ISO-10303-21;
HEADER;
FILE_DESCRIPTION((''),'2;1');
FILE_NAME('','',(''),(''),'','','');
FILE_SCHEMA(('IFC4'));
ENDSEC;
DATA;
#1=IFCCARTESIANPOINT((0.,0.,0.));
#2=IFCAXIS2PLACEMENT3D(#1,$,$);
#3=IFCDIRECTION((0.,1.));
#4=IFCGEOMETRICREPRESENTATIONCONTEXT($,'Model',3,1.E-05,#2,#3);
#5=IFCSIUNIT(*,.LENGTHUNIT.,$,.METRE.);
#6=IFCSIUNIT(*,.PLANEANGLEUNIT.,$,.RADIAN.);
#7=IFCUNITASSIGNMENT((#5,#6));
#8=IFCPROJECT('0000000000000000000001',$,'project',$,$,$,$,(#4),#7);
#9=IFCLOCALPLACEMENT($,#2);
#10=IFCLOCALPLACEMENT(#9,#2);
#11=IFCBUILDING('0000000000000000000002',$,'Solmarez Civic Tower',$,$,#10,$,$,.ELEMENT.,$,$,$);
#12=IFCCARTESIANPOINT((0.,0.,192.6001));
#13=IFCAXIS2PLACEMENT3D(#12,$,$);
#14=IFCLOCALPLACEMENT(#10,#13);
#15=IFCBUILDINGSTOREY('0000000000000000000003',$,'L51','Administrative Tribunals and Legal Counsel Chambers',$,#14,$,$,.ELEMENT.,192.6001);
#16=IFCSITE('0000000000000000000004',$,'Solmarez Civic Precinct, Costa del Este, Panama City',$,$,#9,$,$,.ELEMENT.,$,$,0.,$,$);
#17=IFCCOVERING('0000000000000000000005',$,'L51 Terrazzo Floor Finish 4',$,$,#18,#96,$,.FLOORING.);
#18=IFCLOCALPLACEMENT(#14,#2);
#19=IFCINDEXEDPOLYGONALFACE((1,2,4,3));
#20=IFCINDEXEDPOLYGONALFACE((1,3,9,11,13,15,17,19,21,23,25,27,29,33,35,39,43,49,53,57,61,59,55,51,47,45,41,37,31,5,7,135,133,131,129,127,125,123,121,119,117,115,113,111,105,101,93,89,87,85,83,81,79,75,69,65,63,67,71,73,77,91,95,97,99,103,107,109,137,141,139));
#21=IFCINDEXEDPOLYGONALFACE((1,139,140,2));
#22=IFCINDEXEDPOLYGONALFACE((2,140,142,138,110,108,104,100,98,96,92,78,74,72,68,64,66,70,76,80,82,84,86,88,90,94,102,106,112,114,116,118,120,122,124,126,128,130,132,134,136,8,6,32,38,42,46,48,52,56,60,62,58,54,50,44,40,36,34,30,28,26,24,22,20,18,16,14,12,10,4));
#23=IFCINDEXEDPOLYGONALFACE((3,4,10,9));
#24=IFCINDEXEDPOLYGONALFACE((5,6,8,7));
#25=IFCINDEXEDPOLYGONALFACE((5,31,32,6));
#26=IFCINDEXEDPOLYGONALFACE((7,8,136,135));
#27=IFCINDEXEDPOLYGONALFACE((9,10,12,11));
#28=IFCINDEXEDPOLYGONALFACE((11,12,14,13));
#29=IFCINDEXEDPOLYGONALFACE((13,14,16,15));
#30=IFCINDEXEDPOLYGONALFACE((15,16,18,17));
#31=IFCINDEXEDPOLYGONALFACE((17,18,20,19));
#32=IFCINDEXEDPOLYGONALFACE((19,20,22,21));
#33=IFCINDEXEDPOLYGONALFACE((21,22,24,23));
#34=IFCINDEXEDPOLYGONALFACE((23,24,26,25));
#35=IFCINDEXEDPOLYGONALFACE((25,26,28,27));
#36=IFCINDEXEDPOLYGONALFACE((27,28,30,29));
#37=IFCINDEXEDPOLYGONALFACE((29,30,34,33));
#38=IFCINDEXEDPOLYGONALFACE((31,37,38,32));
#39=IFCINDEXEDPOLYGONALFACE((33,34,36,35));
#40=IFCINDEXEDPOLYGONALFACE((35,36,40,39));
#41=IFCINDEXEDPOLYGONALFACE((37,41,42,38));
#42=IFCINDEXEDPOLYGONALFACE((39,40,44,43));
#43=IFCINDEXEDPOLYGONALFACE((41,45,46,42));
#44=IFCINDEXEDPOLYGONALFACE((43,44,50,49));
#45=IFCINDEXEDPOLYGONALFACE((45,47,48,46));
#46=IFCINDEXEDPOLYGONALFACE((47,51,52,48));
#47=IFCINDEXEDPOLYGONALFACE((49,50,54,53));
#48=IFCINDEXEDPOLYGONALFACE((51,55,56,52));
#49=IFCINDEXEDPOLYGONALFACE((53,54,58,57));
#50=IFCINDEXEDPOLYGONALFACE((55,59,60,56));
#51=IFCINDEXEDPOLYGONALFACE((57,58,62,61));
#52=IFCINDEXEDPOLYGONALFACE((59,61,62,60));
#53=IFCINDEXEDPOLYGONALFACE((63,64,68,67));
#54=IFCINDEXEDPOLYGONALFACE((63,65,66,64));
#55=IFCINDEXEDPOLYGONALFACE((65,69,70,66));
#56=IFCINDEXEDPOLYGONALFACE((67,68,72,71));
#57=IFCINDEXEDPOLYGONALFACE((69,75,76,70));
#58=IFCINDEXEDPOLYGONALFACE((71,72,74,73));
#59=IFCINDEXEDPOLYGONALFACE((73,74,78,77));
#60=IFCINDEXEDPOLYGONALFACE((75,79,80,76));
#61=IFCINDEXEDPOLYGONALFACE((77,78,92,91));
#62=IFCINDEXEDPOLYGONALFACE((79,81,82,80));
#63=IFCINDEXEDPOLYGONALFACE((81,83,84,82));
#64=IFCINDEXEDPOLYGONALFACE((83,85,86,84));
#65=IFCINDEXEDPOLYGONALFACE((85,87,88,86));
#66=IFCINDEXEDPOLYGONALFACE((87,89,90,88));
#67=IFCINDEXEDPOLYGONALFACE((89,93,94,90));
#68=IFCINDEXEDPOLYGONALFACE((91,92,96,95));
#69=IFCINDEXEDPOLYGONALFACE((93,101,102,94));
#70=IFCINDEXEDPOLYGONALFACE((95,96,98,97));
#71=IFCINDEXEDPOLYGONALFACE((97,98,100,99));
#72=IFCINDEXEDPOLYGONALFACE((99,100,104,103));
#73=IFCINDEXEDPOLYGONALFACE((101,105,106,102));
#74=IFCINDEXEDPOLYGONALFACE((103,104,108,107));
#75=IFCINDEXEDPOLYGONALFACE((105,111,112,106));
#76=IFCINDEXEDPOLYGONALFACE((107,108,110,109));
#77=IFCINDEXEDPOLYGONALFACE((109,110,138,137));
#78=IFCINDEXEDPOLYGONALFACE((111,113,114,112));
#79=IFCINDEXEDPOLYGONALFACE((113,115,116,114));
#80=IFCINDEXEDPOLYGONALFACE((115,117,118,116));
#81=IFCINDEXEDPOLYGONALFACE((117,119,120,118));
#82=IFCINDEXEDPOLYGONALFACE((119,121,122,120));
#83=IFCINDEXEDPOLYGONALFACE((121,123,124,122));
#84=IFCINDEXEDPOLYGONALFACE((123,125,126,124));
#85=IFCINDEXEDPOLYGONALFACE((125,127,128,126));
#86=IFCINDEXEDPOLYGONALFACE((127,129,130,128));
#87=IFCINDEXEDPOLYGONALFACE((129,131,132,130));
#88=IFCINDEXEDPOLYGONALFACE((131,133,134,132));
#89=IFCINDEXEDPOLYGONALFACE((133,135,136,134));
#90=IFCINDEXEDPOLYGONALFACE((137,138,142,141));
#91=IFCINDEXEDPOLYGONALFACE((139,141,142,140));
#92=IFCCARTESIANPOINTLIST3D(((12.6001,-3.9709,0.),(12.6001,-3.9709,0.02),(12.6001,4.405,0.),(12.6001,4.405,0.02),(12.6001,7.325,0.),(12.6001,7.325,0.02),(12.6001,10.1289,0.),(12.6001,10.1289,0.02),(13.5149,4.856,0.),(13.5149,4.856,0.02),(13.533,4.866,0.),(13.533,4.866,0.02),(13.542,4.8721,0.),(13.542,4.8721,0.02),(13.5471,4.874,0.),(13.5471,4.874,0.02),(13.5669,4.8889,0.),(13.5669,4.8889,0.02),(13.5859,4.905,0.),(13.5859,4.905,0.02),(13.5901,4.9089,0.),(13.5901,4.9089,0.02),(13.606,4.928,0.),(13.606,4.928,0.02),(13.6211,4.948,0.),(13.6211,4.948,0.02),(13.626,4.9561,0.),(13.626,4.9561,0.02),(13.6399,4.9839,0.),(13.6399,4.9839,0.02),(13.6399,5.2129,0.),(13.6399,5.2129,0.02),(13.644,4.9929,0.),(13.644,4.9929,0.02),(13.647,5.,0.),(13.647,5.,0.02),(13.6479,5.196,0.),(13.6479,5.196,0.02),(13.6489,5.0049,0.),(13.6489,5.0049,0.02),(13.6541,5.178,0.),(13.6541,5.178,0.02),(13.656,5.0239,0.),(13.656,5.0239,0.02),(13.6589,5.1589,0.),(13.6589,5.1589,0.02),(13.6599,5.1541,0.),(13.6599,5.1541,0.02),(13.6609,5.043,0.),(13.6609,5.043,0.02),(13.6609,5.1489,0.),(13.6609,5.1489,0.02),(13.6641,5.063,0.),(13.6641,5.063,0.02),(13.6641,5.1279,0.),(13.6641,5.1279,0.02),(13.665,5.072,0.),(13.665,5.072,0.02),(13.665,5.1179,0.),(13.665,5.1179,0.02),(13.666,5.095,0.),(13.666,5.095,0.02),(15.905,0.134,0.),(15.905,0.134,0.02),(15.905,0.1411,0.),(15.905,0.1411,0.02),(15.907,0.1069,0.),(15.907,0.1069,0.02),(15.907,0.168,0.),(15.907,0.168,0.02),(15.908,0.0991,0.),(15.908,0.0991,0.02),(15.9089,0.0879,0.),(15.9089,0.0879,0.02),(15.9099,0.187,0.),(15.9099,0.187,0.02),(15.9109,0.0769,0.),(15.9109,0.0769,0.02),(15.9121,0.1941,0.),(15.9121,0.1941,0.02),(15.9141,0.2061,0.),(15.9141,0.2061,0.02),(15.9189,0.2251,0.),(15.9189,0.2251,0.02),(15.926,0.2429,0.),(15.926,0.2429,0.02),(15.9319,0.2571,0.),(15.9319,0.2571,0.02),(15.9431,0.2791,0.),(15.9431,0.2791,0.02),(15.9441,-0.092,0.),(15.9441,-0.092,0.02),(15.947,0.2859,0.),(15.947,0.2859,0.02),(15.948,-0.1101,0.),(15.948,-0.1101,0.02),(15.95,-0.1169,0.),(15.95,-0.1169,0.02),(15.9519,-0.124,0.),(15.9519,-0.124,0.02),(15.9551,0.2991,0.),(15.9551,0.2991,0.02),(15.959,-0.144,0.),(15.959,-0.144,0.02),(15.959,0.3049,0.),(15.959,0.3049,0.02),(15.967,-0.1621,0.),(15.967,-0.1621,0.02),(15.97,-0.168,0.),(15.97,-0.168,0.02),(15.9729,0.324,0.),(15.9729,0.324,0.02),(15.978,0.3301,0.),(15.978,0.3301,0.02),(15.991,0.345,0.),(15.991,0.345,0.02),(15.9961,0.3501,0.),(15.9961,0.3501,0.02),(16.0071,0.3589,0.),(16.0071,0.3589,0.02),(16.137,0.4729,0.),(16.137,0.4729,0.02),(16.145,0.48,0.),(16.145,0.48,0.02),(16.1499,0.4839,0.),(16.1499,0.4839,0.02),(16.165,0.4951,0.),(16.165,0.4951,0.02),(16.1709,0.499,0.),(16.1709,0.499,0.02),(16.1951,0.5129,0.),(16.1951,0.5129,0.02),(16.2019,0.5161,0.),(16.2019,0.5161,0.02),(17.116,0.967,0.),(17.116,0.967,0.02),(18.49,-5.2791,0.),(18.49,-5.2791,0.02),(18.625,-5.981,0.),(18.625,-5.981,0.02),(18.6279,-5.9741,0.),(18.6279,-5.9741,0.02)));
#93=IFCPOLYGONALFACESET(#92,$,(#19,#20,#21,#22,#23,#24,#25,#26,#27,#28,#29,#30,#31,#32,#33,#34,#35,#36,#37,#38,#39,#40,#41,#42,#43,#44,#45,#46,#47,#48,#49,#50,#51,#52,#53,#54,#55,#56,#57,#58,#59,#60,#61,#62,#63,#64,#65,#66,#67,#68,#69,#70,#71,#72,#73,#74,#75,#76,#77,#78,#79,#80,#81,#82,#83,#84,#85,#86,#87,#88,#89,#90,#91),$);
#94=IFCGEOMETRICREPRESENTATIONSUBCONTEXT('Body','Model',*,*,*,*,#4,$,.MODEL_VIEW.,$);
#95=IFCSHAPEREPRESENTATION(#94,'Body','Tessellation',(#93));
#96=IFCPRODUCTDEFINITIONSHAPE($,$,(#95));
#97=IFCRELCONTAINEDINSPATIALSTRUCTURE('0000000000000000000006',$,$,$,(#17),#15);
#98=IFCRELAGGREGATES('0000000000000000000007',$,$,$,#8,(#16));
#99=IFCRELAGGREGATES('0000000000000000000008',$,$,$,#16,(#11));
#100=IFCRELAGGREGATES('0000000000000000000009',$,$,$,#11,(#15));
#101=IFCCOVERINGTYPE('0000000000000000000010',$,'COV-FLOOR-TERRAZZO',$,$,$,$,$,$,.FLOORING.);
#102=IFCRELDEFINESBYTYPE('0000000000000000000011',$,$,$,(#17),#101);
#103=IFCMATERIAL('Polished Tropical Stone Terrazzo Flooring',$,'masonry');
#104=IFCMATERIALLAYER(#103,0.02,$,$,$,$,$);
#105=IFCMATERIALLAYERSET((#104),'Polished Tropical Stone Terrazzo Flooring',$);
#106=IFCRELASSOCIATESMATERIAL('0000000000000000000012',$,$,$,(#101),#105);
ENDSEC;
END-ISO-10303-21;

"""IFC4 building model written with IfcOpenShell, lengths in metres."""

from ifc_helpers import new_model, si_unit, direction, frame, origin, place, context, subcontext, project, spatial, polyline, outline, extrude, material, layer, layer_set, type_object, element, save


model = new_model("IFC4")

# Units and contexts
model_context = context("Model", 3, precision=1e-05, world=origin(), true_north=direction((0.0, 1.0)))
body_context = subcontext(model_context, "Body", "Model", "MODEL_VIEW")
ifc_project = project(units=[si_unit("LENGTHUNIT", "METRE"), si_unit("PLANEANGLEUNIT", "RADIAN")], contexts=[model_context])

# Site, building, storey
site_placement = place(None, origin())
site = spatial("IfcSite", under=ifc_project, at=site_placement, Name="Solmarez Civic Precinct, Costa del Este, Panama City", CompositionType="ELEMENT", RefElevation=0.0)
building_placement = place(site_placement, origin())
building = spatial("IfcBuilding", under=site, at=building_placement, Name="Solmarez Civic Tower", CompositionType="ELEMENT")
storey_placement = place(building_placement, frame((0.0, 0.0, 192.6001)))
storey = spatial("IfcBuildingStorey", under=building, at=storey_placement, Name="L51", Description="Administrative Tribunals and Legal Counsel Chambers", CompositionType="ELEMENT", Elevation=192.6001)

# Covering
ifc_material_1 = material(Name="Polished Tropical Stone Terrazzo Flooring", Category="masonry")
ifc_layer_1 = layer(ifc_material_1, 0.02)
ifc_layer_set_1 = layer_set([ifc_layer_1], Name="Polished Tropical Stone Terrazzo Flooring")
covering_type_1 = type_object("IfcCoveringType", Name="COV-FLOOR-TERRAZZO", PredefinedType="FLOORING", material=ifc_layer_set_1)
covering_1_placement = place(storey_placement, origin())
element("IfcCovering", 1, at=covering_1_placement, inside=storey, type_object=covering_type_1, Name="L51 Terrazzo Floor Finish 4", PredefinedType="FLOORING", context=body_context, shape_type="SweptSolid", body=[
    extrude(outline(polyline([(12.6001, 10.1289), (12.6001, 7.325), (13.6399, 5.2129), (13.6479, 5.196), (13.6541, 5.178), (13.6589, 5.1589), (13.6599, 5.1541), (13.6609, 5.1489), (13.6641, 5.1279), (13.665, 5.1179), (13.666, 5.095), (13.665, 5.072), (13.6641, 5.063), (13.6609, 5.043), (13.656, 5.0239), (13.6489, 5.0049), (13.647, 5.0), (13.644, 4.9929), (13.6399, 4.9839), (13.626, 4.9561), (13.6211, 4.948), (13.606, 4.928), (13.5901, 4.9089), (13.5859, 4.905), (13.5669, 4.8889), (13.5471, 4.874), (13.542, 4.8721), (13.533, 4.866), (13.5149, 4.856), (12.6001, 4.405), (12.6001, -3.9709), (18.625, -5.981), (18.6279, -5.9741), (18.49, -5.2791), (15.97, -0.168), (15.967, -0.1621), (15.959, -0.144), (15.9519, -0.124), (15.95, -0.1169), (15.948, -0.1101), (15.9441, -0.092), (15.9109, 0.0769), (15.9089, 0.0879), (15.908, 0.0991), (15.907, 0.1069), (15.905, 0.134), (15.905, 0.1411), (15.907, 0.168), (15.9099, 0.187), (15.9121, 0.1941), (15.9141, 0.2061), (15.9189, 0.2251), (15.926, 0.2429), (15.9319, 0.2571), (15.9431, 0.2791), (15.947, 0.2859), (15.9551, 0.2991), (15.959, 0.3049), (15.9729, 0.324), (15.978, 0.3301), (15.991, 0.345), (15.9961, 0.3501), (16.0071, 0.3589), (16.137, 0.4729), (16.145, 0.48), (16.1499, 0.4839), (16.165, 0.4951), (16.1709, 0.499), (16.1951, 0.5129), (16.2019, 0.5161), (17.116, 0.967), (12.6001, 10.1289)])), origin(), (0.0, 0.0, 1.0), 0.02),
])

save(model, "model.ifc")
